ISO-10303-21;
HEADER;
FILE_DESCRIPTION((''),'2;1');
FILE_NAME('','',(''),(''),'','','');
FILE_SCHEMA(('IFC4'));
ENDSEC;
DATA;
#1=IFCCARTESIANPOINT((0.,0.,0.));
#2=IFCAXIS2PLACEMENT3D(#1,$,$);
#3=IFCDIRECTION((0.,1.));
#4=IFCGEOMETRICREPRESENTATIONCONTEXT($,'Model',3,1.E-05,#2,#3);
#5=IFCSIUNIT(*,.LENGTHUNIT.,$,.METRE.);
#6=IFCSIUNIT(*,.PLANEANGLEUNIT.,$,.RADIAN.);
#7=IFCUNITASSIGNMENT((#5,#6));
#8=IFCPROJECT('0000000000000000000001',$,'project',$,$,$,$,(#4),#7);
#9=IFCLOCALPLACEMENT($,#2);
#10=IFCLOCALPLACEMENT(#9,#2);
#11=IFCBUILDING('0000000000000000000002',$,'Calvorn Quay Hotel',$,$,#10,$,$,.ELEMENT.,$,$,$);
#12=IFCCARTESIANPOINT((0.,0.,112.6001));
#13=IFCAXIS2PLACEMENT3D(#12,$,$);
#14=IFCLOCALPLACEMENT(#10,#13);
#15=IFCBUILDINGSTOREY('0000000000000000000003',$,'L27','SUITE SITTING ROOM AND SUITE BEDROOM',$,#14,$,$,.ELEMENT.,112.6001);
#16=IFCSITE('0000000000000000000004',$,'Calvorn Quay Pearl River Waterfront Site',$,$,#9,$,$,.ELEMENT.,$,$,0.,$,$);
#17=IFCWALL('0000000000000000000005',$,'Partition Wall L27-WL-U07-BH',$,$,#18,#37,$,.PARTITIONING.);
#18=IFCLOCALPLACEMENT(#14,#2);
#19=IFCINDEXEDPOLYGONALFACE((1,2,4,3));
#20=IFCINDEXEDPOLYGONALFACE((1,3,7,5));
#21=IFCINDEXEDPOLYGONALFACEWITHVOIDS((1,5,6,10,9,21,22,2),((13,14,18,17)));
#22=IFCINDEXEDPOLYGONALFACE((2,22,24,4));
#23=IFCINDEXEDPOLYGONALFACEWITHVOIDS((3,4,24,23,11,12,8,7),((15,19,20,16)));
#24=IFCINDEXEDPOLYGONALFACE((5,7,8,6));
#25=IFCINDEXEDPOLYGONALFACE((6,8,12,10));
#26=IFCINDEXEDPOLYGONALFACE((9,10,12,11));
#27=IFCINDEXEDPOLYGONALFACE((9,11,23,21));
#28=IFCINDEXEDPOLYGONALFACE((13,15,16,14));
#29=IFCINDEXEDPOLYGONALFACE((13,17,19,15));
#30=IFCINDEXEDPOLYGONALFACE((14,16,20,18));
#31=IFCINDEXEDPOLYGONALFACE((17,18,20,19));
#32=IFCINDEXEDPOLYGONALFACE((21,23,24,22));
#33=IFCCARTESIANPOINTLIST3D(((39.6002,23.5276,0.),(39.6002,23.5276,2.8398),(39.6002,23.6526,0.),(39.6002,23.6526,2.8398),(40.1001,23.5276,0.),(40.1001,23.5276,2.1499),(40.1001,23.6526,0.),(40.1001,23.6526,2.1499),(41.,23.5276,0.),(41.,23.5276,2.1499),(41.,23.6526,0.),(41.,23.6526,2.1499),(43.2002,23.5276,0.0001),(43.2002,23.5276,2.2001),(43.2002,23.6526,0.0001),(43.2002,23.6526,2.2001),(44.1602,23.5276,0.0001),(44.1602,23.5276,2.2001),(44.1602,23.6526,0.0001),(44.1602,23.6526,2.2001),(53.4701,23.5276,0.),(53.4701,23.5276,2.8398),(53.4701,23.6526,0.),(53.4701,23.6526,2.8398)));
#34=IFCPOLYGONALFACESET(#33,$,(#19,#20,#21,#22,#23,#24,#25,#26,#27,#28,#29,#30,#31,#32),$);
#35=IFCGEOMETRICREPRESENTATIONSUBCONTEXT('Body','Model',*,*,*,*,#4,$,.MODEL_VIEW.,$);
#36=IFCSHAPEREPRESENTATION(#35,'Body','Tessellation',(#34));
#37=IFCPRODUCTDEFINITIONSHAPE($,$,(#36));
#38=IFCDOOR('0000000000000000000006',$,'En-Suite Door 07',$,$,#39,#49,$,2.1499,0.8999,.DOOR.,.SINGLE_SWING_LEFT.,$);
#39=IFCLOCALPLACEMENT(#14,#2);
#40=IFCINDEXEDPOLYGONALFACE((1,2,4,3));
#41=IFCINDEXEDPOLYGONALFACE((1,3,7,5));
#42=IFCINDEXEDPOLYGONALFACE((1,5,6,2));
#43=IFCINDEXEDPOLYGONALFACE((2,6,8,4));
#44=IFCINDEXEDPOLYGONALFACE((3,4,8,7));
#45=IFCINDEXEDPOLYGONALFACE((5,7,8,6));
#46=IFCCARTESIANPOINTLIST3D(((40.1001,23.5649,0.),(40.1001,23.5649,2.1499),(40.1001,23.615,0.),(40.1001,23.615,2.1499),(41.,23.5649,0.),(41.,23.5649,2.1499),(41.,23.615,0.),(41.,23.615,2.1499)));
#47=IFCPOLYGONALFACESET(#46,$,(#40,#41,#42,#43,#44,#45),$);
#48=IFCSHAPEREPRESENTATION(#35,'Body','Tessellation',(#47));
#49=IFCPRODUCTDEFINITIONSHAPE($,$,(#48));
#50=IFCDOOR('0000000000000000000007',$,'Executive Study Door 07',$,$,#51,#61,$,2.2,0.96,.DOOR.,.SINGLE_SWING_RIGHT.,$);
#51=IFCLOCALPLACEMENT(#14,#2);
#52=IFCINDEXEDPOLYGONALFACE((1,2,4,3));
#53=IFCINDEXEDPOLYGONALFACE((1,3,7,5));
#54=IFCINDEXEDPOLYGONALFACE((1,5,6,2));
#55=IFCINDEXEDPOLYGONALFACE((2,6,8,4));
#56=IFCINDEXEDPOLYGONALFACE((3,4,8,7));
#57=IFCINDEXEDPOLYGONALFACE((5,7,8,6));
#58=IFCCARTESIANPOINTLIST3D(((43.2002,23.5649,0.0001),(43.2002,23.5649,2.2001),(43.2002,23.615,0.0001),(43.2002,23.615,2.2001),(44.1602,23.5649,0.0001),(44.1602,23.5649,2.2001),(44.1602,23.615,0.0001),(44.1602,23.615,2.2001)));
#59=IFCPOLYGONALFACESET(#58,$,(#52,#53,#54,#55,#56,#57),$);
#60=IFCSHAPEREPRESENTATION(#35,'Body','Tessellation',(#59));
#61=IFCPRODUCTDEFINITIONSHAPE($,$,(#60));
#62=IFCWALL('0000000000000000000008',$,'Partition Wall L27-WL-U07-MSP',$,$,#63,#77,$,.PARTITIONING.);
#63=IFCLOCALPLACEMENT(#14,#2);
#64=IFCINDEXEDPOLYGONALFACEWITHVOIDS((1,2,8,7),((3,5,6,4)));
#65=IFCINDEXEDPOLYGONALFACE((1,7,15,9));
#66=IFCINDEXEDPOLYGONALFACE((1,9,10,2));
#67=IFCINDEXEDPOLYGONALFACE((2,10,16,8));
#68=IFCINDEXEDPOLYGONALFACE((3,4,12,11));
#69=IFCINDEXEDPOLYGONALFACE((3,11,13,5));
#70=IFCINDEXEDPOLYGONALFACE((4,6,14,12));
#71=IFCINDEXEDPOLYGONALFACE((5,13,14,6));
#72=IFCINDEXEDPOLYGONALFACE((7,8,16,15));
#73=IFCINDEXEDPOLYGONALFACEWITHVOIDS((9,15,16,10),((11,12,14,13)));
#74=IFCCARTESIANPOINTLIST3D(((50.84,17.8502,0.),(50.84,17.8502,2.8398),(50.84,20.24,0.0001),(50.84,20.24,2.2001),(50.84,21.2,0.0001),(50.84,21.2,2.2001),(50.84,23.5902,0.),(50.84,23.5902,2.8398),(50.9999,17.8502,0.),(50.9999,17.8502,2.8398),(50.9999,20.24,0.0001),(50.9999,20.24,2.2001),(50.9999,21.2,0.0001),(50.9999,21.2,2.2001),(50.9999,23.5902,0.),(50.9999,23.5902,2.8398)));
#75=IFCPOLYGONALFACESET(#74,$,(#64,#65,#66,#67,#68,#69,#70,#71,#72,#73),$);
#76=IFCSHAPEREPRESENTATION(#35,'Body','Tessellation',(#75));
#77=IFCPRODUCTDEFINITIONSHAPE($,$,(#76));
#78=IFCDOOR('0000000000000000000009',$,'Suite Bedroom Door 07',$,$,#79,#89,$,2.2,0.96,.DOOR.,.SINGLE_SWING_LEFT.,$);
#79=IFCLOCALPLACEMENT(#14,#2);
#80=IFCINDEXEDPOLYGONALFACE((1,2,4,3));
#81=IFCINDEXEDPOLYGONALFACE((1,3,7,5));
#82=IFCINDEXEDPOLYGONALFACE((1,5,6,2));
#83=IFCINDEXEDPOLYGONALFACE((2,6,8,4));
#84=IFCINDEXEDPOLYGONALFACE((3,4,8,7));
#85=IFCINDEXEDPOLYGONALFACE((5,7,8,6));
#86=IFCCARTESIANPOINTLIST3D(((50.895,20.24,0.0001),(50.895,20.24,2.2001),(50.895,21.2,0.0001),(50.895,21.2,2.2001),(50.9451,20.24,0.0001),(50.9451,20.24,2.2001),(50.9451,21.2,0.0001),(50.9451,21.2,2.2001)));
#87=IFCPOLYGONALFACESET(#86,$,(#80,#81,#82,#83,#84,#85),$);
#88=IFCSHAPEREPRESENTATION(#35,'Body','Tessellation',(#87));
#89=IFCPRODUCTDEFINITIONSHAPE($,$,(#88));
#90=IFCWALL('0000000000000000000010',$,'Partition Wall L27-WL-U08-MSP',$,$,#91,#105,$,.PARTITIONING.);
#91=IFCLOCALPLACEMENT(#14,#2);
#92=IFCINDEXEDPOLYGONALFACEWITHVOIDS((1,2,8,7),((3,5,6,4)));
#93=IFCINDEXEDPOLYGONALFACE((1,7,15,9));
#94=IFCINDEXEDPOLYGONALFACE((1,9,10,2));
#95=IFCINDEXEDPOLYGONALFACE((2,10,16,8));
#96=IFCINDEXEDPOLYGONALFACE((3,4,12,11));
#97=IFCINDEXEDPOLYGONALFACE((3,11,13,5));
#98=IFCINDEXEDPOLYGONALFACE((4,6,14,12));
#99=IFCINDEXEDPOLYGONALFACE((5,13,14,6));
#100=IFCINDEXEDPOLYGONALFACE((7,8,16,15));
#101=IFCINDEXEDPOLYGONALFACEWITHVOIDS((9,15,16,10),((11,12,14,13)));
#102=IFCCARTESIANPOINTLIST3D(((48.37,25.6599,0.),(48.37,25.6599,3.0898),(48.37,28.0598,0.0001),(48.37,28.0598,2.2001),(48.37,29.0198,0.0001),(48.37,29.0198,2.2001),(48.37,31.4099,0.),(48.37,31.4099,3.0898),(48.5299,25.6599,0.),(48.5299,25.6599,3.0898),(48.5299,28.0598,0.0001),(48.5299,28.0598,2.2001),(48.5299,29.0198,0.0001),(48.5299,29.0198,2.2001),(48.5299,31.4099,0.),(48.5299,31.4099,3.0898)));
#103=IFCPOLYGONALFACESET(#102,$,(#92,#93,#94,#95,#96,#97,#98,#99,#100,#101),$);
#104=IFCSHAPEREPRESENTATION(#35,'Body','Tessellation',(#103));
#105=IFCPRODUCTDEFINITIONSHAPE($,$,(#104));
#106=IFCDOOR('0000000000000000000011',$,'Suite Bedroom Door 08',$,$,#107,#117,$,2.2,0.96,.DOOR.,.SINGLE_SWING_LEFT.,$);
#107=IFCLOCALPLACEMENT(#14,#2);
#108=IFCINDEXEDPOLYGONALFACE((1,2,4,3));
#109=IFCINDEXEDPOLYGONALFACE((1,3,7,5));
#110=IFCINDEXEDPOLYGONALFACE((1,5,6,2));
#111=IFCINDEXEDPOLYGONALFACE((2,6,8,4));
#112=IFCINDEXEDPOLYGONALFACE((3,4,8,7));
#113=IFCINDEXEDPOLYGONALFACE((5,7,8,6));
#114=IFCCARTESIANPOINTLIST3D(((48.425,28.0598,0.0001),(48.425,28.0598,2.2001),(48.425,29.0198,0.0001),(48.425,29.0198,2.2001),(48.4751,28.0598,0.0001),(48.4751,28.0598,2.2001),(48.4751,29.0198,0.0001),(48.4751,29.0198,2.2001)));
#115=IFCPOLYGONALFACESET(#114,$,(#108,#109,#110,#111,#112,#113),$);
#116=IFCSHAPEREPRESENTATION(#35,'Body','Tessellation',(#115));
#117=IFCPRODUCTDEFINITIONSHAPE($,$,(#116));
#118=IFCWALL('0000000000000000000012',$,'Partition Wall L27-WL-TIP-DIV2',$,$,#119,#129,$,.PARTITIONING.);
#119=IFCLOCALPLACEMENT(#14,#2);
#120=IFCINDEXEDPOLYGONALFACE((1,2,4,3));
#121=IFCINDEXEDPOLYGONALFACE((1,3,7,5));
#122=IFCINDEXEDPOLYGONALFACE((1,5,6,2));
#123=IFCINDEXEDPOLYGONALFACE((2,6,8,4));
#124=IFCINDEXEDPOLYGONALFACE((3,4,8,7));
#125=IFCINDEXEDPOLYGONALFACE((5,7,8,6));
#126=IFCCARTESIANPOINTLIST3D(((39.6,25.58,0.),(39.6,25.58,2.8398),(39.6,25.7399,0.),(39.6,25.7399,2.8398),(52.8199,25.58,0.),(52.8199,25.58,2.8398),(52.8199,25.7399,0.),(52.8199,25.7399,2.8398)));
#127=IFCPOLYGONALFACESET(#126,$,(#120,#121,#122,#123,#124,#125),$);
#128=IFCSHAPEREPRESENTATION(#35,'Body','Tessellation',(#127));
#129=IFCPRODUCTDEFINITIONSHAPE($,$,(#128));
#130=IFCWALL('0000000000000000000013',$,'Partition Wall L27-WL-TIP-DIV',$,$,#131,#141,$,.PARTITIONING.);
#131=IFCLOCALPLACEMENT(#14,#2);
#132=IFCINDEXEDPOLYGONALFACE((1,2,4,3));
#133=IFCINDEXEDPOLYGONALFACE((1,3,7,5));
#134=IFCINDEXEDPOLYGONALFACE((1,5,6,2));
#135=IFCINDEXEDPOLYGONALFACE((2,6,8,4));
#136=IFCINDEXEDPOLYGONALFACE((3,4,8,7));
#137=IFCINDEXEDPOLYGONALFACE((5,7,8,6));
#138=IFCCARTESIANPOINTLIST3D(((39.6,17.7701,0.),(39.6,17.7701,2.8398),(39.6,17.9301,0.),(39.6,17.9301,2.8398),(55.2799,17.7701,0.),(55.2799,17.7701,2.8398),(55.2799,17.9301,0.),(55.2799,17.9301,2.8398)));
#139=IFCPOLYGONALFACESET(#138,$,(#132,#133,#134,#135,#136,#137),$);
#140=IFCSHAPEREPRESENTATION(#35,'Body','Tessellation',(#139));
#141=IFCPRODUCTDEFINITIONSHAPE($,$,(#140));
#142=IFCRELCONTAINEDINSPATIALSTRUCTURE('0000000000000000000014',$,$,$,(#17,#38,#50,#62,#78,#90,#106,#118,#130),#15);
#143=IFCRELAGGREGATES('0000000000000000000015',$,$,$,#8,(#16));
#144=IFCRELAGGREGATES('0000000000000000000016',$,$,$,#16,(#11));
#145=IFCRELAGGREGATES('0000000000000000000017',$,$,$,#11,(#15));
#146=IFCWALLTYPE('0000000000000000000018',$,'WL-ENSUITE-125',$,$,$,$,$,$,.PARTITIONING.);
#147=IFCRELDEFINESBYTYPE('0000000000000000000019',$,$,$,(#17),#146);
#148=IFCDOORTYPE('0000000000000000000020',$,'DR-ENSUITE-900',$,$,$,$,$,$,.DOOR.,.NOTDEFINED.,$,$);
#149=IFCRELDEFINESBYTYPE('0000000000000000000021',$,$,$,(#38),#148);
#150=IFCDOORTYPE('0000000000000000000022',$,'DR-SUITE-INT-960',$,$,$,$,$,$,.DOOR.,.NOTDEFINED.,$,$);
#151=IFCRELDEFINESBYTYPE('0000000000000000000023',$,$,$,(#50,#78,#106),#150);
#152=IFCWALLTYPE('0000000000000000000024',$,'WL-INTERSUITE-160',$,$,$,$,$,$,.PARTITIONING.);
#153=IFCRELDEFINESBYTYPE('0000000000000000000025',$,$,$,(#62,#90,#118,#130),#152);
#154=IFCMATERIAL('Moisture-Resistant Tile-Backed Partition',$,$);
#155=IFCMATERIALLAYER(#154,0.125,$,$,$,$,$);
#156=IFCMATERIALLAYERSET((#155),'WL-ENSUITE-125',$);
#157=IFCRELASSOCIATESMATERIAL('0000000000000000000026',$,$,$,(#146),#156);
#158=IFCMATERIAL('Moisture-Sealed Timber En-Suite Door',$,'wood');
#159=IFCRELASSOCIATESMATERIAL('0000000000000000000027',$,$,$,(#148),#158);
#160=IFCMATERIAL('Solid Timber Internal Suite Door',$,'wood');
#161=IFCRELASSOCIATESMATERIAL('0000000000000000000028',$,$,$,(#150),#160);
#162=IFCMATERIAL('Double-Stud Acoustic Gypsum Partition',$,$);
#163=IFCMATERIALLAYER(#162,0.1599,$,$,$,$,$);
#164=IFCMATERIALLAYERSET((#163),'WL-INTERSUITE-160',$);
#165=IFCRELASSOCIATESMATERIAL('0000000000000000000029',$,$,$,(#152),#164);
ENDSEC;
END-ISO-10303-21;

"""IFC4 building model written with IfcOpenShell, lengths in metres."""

from ifc_helpers import new_model, si_unit, direction, frame, frame_2d, origin, place, context, subcontext, project, spatial, rectangle, extrude, material, layer, layer_set, type_object, element, fill, save


model = new_model("IFC4")

# Units and contexts
model_context = context("Model", 3, precision=1e-05, world=origin(), true_north=direction((0.0, 1.0)))
body_context = subcontext(model_context, "Body", "Model", "MODEL_VIEW")
ifc_project = project(units=[si_unit("LENGTHUNIT", "METRE"), si_unit("PLANEANGLEUNIT", "RADIAN")], contexts=[model_context])

# Site, building, storey
site_placement = place(None, origin())
site = spatial("IfcSite", under=ifc_project, at=site_placement, Name="Calvorn Quay Pearl River Waterfront Site", CompositionType="ELEMENT", RefElevation=0.0)
building_placement = place(site_placement, origin())
building = spatial("IfcBuilding", under=site, at=building_placement, Name="Calvorn Quay Hotel", CompositionType="ELEMENT")
storey_placement = place(building_placement, frame((0.0, 0.0, 112.6001)))
storey = spatial("IfcBuildingStorey", under=building, at=storey_placement, Name="L27", Description="SUITE SITTING ROOM AND SUITE BEDROOM", CompositionType="ELEMENT", Elevation=112.6001)

# Shared definitions
ifc_material_1 = material(Name="Moisture-Resistant Tile-Backed Partition")
ifc_layer_1 = layer(ifc_material_1, 0.125)
ifc_layer_set_1 = layer_set([ifc_layer_1], Name="WL-ENSUITE-125")
wall_type_1 = type_object("IfcWallType", Name="WL-ENSUITE-125", PredefinedType="PARTITIONING", material=ifc_layer_set_1)

# Wall, openings, doors
wall_1_placement = place(storey_placement, frame((39.6001, 23.5901, 0.0), z_axis=(0.0, 0.0, 1.0), x_axis=(1.0, 0.0, 0.0)))
wall_1 = element("IfcWall", 1, at=wall_1_placement, inside=storey, type_object=wall_type_1, Name="Partition Wall L27-WL-U07-BH", PredefinedType="PARTITIONING", context=body_context, shape_type="SweptSolid", body=[
    extrude(rectangle(XDim=13.8699, YDim=0.125, at=frame_2d((6.9351, 0.0))), origin(), (0.0, 0.0, 1.0), 2.8398),
])
opening_1_placement = place(wall_1_placement, frame((0.5, 0.0, 0.0)))
opening_1 = element("IfcOpeningElement", 2, at=opening_1_placement, cuts=wall_1, PredefinedType="OPENING", context=body_context, shape_type="SweptSolid", body=[
    extrude(rectangle(XDim=0.8999, YDim=2.1499, at=frame_2d((0.45, 1.075))), frame((0.0, 0.0725, 0.0), z_axis=(0.0, -1.0, 0.0), x_axis=(1.0, 0.0, 0.0)), (0.0, 0.0, 1.0), 0.145),
])
opening_2_placement = place(wall_1_placement, frame((3.6001, 0.0, 0.0)))
opening_2 = element("IfcOpeningElement", 3, at=opening_2_placement, cuts=wall_1, PredefinedType="OPENING", context=body_context, shape_type="SweptSolid", body=[
    extrude(rectangle(XDim=0.96, YDim=2.2, at=frame_2d((0.48, 1.1001))), frame((0.0, 0.0725, 0.0), z_axis=(0.0, -1.0, 0.0), x_axis=(1.0, 0.0, 0.0)), (0.0, 0.0, 1.0), 0.145),
])
ifc_material_2 = material(Name="Moisture-Sealed Timber En-Suite Door", Category="wood")
door_type_1 = type_object("IfcDoorType", Name="DR-ENSUITE-900", OperationType="NOTDEFINED", PredefinedType="DOOR", material=ifc_material_2)
door_1_placement = place(opening_1_placement, origin())
door_1 = element("IfcDoor", 4, at=door_1_placement, inside=storey, type_object=door_type_1, Name="En-Suite Door 07", OperationType="SINGLE_SWING_LEFT", OverallHeight=2.1499, OverallWidth=0.8999, PredefinedType="DOOR", context=body_context, shape_type="SweptSolid", body=[
    extrude(rectangle(XDim=0.8999, YDim=2.1499, at=frame_2d((0.45, 1.075))), frame((0.0, 0.0249, 0.0), z_axis=(0.0, -1.0, 0.0), x_axis=(1.0, 0.0, 0.0)), (0.0, 0.0, 1.0), 0.05),
])
fill(opening_1, door_1)
ifc_material_3 = material(Name="Solid Timber Internal Suite Door", Category="wood")
door_type_2 = type_object("IfcDoorType", Name="DR-SUITE-INT-960", OperationType="NOTDEFINED", PredefinedType="DOOR", material=ifc_material_3)
door_2_placement = place(opening_2_placement, origin())
door_2 = element("IfcDoor", 5, at=door_2_placement, inside=storey, type_object=door_type_2, Name="Executive Study Door 07", OperationType="SINGLE_SWING_RIGHT", OverallHeight=2.2, OverallWidth=0.96, PredefinedType="DOOR", context=body_context, shape_type="SweptSolid", body=[
    extrude(rectangle(XDim=0.96, YDim=2.2, at=frame_2d((0.48, 1.1001))), frame((0.0, 0.0249, 0.0), z_axis=(0.0, -1.0, 0.0), x_axis=(1.0, 0.0, 0.0)), (0.0, 0.0, 1.0), 0.05),
])
fill(opening_2, door_2)

# Walls, openings, doors
ifc_material_4 = material(Name="Double-Stud Acoustic Gypsum Partition")
ifc_layer_2 = layer(ifc_material_4, 0.1599)
ifc_layer_set_2 = layer_set([ifc_layer_2], Name="WL-INTERSUITE-160")
wall_type_2 = type_object("IfcWallType", Name="WL-INTERSUITE-160", PredefinedType="PARTITIONING", material=ifc_layer_set_2)
wall_2_placement = place(storey_placement, frame((50.9199, 17.8501, 0.0), z_axis=(0.0, 0.0, 1.0), x_axis=(0.0, 1.0, 0.0)))
wall_2 = element("IfcWall", 6, at=wall_2_placement, inside=storey, type_object=wall_type_2, Name="Partition Wall L27-WL-U07-MSP", PredefinedType="PARTITIONING", context=body_context, shape_type="SweptSolid", body=[
    extrude(rectangle(XDim=5.74, YDim=0.1599, at=frame_2d((2.8701, 0.0))), origin(), (0.0, 0.0, 1.0), 2.8398),
])
opening_3_placement = place(wall_2_placement, frame((2.3899, 0.0, 0.0)))
opening_3 = element("IfcOpeningElement", 7, at=opening_3_placement, cuts=wall_2, PredefinedType="OPENING", context=body_context, shape_type="SweptSolid", body=[
    extrude(rectangle(XDim=0.96, YDim=2.2, at=frame_2d((0.48, 1.1001))), frame((0.0, 0.0898, 0.0), z_axis=(0.0, -1.0, 0.0), x_axis=(1.0, 0.0, 0.0)), (0.0, 0.0, 1.0), 0.1799),
])
door_3_placement = place(opening_3_placement, origin())
door_3 = element("IfcDoor", 8, at=door_3_placement, inside=storey, type_object=door_type_2, Name="Suite Bedroom Door 07", OperationType="SINGLE_SWING_LEFT", OverallHeight=2.2, OverallWidth=0.96, PredefinedType="DOOR", context=body_context, shape_type="SweptSolid", body=[
    extrude(rectangle(XDim=0.96, YDim=2.2, at=frame_2d((0.48, 1.1001))), frame((0.0, 0.0249, 0.0), z_axis=(0.0, -1.0, 0.0), x_axis=(1.0, 0.0, 0.0)), (0.0, 0.0, 1.0), 0.05),
])
fill(opening_3, door_3)
wall_3_placement = place(storey_placement, frame((48.45, 25.6599, 0.0), z_axis=(0.0, 0.0, 1.0), x_axis=(0.0, 1.0, 0.0)))
wall_3 = element("IfcWall", 9, at=wall_3_placement, inside=storey, type_object=wall_type_2, Name="Partition Wall L27-WL-U08-MSP", PredefinedType="PARTITIONING", context=body_context, shape_type="SweptSolid", body=[
    extrude(rectangle(XDim=5.75, YDim=0.1599, at=frame_2d((2.875, 0.0))), origin(), (0.0, 0.0, 1.0), 3.0898),
])
opening_4_placement = place(wall_3_placement, frame((2.3999, 0.0, 0.0)))
opening_4 = element("IfcOpeningElement", 10, at=opening_4_placement, cuts=wall_3, PredefinedType="OPENING", context=body_context, shape_type="SweptSolid", body=[
    extrude(rectangle(XDim=0.96, YDim=2.2, at=frame_2d((0.48, 1.1001))), frame((0.0, 0.0898, 0.0), z_axis=(0.0, -1.0, 0.0), x_axis=(1.0, 0.0, 0.0)), (0.0, 0.0, 1.0), 0.1799),
])
door_4_placement = place(opening_4_placement, origin())
door_4 = element("IfcDoor", 11, at=door_4_placement, inside=storey, type_object=door_type_2, Name="Suite Bedroom Door 08", OperationType="SINGLE_SWING_LEFT", OverallHeight=2.2, OverallWidth=0.96, PredefinedType="DOOR", context=body_context, shape_type="SweptSolid", body=[
    extrude(rectangle(XDim=0.96, YDim=2.2, at=frame_2d((0.48, 1.1001))), frame((0.0, 0.0249, 0.0), z_axis=(0.0, -1.0, 0.0), x_axis=(1.0, 0.0, 0.0)), (0.0, 0.0, 1.0), 0.05),
])
fill(opening_4, door_4)

# Walls
wall_4_placement = place(storey_placement, frame((39.6001, 25.6599, 0.0), z_axis=(0.0, 0.0, 1.0), x_axis=(1.0, 0.0, 0.0)))
element("IfcWall", 12, at=wall_4_placement, inside=storey, type_object=wall_type_2, Name="Partition Wall L27-WL-TIP-DIV2", PredefinedType="PARTITIONING", context=body_context, shape_type="SweptSolid", body=[
    extrude(rectangle(XDim=13.22, YDim=0.1599, at=frame_2d((6.6099, 0.0))), origin(), (0.0, 0.0, 1.0), 2.8398),
])
wall_5_placement = place(storey_placement, frame((39.6001, 17.8501, 0.0), z_axis=(0.0, 0.0, 1.0), x_axis=(1.0, 0.0, 0.0)))
element("IfcWall", 13, at=wall_5_placement, inside=storey, type_object=wall_type_2, Name="Partition Wall L27-WL-TIP-DIV", PredefinedType="PARTITIONING", context=body_context, shape_type="SweptSolid", body=[
    extrude(rectangle(XDim=15.6799, YDim=0.1599, at=frame_2d((7.8398, 0.0))), origin(), (0.0, 0.0, 1.0), 2.8398),
])

save(model, "model.ifc")
